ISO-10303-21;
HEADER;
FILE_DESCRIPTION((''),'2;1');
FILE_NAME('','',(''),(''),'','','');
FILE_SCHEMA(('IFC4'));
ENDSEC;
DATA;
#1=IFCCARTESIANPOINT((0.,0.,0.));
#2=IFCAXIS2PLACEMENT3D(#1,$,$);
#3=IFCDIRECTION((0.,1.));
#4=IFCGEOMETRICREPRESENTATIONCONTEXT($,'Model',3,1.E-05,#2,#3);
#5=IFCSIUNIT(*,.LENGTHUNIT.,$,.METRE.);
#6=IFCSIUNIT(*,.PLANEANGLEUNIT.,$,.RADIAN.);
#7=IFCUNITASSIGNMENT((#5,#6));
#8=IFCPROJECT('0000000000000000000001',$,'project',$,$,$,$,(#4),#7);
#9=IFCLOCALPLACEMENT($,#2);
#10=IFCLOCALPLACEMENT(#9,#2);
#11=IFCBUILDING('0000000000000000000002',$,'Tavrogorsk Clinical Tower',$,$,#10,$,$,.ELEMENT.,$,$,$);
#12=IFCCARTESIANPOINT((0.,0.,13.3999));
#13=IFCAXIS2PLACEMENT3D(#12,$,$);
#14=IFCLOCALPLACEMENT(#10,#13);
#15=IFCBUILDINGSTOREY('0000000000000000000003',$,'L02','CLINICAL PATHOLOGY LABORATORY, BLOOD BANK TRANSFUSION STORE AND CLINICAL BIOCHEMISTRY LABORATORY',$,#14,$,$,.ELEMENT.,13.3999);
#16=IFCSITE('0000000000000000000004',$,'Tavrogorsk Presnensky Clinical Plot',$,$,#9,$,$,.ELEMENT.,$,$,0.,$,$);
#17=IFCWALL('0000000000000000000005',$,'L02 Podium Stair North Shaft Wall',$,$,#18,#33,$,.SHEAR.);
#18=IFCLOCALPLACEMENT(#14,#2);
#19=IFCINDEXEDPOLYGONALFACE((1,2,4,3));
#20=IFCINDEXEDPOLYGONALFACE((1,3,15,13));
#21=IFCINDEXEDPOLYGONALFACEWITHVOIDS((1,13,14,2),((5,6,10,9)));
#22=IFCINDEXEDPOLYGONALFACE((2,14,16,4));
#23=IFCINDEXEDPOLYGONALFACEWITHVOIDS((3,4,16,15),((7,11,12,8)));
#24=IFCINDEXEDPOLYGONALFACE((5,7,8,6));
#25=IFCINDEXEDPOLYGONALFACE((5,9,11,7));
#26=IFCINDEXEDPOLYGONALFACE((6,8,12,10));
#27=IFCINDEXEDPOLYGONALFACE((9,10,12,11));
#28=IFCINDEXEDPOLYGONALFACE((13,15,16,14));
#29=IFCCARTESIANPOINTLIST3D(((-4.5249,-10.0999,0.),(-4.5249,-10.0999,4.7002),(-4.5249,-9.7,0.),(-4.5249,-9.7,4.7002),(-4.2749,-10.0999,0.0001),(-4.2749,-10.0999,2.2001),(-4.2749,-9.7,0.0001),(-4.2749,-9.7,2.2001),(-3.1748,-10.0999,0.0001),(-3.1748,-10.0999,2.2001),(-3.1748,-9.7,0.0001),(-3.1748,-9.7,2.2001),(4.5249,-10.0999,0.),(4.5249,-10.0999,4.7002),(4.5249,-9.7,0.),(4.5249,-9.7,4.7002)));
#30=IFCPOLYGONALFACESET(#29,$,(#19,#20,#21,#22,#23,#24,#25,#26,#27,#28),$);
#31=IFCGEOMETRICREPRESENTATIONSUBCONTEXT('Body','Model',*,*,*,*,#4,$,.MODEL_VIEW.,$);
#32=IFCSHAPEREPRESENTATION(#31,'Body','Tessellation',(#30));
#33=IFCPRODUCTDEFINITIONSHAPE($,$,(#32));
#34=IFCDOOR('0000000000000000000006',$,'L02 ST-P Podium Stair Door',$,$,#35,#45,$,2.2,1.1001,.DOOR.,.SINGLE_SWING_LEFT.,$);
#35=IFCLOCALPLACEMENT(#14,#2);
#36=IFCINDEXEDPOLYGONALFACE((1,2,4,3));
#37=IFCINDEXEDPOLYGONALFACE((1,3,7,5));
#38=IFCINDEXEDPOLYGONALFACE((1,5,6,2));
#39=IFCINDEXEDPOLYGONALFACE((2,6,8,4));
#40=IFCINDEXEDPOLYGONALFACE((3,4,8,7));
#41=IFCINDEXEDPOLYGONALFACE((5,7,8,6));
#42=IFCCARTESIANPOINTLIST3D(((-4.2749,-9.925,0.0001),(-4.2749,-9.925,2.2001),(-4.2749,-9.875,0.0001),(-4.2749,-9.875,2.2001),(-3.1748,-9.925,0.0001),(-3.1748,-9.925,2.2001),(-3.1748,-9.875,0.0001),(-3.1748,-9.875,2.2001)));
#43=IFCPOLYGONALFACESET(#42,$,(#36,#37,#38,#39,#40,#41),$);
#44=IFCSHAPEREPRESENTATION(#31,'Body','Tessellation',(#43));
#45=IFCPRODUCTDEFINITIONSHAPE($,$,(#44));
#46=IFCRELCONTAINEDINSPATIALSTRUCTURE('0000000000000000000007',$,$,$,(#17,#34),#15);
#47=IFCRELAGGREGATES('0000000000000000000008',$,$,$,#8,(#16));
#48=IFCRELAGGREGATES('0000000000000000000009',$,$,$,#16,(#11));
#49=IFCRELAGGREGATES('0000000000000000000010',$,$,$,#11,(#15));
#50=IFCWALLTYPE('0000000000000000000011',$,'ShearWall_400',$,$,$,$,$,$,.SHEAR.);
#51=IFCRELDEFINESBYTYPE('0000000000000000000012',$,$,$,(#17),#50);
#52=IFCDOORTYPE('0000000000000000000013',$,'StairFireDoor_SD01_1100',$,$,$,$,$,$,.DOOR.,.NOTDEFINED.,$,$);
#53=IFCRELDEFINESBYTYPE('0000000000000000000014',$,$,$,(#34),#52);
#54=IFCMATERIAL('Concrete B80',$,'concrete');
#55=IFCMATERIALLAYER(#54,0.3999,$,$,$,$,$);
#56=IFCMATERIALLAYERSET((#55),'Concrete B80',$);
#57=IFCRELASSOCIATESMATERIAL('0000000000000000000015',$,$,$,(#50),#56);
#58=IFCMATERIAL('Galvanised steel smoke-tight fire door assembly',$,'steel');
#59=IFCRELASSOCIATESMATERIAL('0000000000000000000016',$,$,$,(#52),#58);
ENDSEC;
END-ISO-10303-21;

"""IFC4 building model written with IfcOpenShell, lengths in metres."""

from ifc_helpers import new_model, si_unit, direction, frame, frame_2d, origin, place, context, subcontext, project, spatial, rectangle, extrude, material, layer, layer_set, type_object, element, fill, save


model = new_model("IFC4")

# Units and contexts
model_context = context("Model", 3, precision=1e-05, world=origin(), true_north=direction((0.0, 1.0)))
body_context = subcontext(model_context, "Body", "Model", "MODEL_VIEW")
ifc_project = project(units=[si_unit("LENGTHUNIT", "METRE"), si_unit("PLANEANGLEUNIT", "RADIAN")], contexts=[model_context])

# Site, building, storey
site_placement = place(None, origin())
site = spatial("IfcSite", under=ifc_project, at=site_placement, Name="Tavrogorsk Presnensky Clinical Plot", CompositionType="ELEMENT", RefElevation=0.0)
building_placement = place(site_placement, origin())
building = spatial("IfcBuilding", under=site, at=building_placement, Name="Tavrogorsk Clinical Tower", CompositionType="ELEMENT")
storey_placement = place(building_placement, frame((0.0, 0.0, 13.3999)))
storey = spatial("IfcBuildingStorey", under=building, at=storey_placement, Name="L02", Description="CLINICAL PATHOLOGY LABORATORY, BLOOD BANK TRANSFUSION STORE AND CLINICAL BIOCHEMISTRY LABORATORY", CompositionType="ELEMENT", Elevation=13.3999)

# Wall, opening, door
ifc_material_1 = material(Name="Concrete B80", Category="concrete")
ifc_layer_1 = layer(ifc_material_1, 0.3999)
ifc_layer_set_1 = layer_set([ifc_layer_1], Name="Concrete B80")
wall_type_1 = type_object("IfcWallType", Name="ShearWall_400", PredefinedType="SHEAR", material=ifc_layer_set_1)
wall_1_placement = place(storey_placement, frame((-4.5249, -9.8999, 0.0), z_axis=(0.0, 0.0, 1.0), x_axis=(1.0, 0.0, 0.0)))
wall_1 = element("IfcWall", 1, at=wall_1_placement, inside=storey, type_object=wall_type_1, Name="L02 Podium Stair North Shaft Wall", PredefinedType="SHEAR", context=body_context, shape_type="SweptSolid", body=[
    extrude(rectangle(XDim=9.0498, YDim=0.3999, at=frame_2d((4.5249, 0.0))), origin(), (0.0, 0.0, 1.0), 4.7002),
])
opening_1_placement = place(wall_1_placement, frame((0.25, 0.0, 0.0)))
opening_1 = element("IfcOpeningElement", 2, at=opening_1_placement, cuts=wall_1, PredefinedType="OPENING", context=body_context, shape_type="SweptSolid", body=[
    extrude(rectangle(XDim=1.1001, YDim=2.2, at=frame_2d((0.55, 1.1001))), frame((0.0, 0.21, 0.0), z_axis=(0.0, -1.0, 0.0), x_axis=(1.0, 0.0, 0.0)), (0.0, 0.0, 1.0), 0.4199),
])
ifc_material_2 = material(Name="Galvanised steel smoke-tight fire door assembly", Category="steel")
door_type_1 = type_object("IfcDoorType", Name="StairFireDoor_SD01_1100", OperationType="NOTDEFINED", PredefinedType="DOOR", material=ifc_material_2)
door_1_placement = place(opening_1_placement, origin())
door_1 = element("IfcDoor", 3, at=door_1_placement, inside=storey, type_object=door_type_1, Name="L02 ST-P Podium Stair Door", OperationType="SINGLE_SWING_LEFT", OverallHeight=2.2, OverallWidth=1.1001, PredefinedType="DOOR", context=body_context, shape_type="SweptSolid", body=[
    extrude(rectangle(XDim=1.1001, YDim=2.2, at=frame_2d((0.55, 1.1001))), frame((0.0, 0.0249, 0.0), z_axis=(0.0, -1.0, 0.0), x_axis=(1.0, 0.0, 0.0)), (0.0, 0.0, 1.0), 0.05),
])
fill(opening_1, door_1)

save(model, "model.ifc")
